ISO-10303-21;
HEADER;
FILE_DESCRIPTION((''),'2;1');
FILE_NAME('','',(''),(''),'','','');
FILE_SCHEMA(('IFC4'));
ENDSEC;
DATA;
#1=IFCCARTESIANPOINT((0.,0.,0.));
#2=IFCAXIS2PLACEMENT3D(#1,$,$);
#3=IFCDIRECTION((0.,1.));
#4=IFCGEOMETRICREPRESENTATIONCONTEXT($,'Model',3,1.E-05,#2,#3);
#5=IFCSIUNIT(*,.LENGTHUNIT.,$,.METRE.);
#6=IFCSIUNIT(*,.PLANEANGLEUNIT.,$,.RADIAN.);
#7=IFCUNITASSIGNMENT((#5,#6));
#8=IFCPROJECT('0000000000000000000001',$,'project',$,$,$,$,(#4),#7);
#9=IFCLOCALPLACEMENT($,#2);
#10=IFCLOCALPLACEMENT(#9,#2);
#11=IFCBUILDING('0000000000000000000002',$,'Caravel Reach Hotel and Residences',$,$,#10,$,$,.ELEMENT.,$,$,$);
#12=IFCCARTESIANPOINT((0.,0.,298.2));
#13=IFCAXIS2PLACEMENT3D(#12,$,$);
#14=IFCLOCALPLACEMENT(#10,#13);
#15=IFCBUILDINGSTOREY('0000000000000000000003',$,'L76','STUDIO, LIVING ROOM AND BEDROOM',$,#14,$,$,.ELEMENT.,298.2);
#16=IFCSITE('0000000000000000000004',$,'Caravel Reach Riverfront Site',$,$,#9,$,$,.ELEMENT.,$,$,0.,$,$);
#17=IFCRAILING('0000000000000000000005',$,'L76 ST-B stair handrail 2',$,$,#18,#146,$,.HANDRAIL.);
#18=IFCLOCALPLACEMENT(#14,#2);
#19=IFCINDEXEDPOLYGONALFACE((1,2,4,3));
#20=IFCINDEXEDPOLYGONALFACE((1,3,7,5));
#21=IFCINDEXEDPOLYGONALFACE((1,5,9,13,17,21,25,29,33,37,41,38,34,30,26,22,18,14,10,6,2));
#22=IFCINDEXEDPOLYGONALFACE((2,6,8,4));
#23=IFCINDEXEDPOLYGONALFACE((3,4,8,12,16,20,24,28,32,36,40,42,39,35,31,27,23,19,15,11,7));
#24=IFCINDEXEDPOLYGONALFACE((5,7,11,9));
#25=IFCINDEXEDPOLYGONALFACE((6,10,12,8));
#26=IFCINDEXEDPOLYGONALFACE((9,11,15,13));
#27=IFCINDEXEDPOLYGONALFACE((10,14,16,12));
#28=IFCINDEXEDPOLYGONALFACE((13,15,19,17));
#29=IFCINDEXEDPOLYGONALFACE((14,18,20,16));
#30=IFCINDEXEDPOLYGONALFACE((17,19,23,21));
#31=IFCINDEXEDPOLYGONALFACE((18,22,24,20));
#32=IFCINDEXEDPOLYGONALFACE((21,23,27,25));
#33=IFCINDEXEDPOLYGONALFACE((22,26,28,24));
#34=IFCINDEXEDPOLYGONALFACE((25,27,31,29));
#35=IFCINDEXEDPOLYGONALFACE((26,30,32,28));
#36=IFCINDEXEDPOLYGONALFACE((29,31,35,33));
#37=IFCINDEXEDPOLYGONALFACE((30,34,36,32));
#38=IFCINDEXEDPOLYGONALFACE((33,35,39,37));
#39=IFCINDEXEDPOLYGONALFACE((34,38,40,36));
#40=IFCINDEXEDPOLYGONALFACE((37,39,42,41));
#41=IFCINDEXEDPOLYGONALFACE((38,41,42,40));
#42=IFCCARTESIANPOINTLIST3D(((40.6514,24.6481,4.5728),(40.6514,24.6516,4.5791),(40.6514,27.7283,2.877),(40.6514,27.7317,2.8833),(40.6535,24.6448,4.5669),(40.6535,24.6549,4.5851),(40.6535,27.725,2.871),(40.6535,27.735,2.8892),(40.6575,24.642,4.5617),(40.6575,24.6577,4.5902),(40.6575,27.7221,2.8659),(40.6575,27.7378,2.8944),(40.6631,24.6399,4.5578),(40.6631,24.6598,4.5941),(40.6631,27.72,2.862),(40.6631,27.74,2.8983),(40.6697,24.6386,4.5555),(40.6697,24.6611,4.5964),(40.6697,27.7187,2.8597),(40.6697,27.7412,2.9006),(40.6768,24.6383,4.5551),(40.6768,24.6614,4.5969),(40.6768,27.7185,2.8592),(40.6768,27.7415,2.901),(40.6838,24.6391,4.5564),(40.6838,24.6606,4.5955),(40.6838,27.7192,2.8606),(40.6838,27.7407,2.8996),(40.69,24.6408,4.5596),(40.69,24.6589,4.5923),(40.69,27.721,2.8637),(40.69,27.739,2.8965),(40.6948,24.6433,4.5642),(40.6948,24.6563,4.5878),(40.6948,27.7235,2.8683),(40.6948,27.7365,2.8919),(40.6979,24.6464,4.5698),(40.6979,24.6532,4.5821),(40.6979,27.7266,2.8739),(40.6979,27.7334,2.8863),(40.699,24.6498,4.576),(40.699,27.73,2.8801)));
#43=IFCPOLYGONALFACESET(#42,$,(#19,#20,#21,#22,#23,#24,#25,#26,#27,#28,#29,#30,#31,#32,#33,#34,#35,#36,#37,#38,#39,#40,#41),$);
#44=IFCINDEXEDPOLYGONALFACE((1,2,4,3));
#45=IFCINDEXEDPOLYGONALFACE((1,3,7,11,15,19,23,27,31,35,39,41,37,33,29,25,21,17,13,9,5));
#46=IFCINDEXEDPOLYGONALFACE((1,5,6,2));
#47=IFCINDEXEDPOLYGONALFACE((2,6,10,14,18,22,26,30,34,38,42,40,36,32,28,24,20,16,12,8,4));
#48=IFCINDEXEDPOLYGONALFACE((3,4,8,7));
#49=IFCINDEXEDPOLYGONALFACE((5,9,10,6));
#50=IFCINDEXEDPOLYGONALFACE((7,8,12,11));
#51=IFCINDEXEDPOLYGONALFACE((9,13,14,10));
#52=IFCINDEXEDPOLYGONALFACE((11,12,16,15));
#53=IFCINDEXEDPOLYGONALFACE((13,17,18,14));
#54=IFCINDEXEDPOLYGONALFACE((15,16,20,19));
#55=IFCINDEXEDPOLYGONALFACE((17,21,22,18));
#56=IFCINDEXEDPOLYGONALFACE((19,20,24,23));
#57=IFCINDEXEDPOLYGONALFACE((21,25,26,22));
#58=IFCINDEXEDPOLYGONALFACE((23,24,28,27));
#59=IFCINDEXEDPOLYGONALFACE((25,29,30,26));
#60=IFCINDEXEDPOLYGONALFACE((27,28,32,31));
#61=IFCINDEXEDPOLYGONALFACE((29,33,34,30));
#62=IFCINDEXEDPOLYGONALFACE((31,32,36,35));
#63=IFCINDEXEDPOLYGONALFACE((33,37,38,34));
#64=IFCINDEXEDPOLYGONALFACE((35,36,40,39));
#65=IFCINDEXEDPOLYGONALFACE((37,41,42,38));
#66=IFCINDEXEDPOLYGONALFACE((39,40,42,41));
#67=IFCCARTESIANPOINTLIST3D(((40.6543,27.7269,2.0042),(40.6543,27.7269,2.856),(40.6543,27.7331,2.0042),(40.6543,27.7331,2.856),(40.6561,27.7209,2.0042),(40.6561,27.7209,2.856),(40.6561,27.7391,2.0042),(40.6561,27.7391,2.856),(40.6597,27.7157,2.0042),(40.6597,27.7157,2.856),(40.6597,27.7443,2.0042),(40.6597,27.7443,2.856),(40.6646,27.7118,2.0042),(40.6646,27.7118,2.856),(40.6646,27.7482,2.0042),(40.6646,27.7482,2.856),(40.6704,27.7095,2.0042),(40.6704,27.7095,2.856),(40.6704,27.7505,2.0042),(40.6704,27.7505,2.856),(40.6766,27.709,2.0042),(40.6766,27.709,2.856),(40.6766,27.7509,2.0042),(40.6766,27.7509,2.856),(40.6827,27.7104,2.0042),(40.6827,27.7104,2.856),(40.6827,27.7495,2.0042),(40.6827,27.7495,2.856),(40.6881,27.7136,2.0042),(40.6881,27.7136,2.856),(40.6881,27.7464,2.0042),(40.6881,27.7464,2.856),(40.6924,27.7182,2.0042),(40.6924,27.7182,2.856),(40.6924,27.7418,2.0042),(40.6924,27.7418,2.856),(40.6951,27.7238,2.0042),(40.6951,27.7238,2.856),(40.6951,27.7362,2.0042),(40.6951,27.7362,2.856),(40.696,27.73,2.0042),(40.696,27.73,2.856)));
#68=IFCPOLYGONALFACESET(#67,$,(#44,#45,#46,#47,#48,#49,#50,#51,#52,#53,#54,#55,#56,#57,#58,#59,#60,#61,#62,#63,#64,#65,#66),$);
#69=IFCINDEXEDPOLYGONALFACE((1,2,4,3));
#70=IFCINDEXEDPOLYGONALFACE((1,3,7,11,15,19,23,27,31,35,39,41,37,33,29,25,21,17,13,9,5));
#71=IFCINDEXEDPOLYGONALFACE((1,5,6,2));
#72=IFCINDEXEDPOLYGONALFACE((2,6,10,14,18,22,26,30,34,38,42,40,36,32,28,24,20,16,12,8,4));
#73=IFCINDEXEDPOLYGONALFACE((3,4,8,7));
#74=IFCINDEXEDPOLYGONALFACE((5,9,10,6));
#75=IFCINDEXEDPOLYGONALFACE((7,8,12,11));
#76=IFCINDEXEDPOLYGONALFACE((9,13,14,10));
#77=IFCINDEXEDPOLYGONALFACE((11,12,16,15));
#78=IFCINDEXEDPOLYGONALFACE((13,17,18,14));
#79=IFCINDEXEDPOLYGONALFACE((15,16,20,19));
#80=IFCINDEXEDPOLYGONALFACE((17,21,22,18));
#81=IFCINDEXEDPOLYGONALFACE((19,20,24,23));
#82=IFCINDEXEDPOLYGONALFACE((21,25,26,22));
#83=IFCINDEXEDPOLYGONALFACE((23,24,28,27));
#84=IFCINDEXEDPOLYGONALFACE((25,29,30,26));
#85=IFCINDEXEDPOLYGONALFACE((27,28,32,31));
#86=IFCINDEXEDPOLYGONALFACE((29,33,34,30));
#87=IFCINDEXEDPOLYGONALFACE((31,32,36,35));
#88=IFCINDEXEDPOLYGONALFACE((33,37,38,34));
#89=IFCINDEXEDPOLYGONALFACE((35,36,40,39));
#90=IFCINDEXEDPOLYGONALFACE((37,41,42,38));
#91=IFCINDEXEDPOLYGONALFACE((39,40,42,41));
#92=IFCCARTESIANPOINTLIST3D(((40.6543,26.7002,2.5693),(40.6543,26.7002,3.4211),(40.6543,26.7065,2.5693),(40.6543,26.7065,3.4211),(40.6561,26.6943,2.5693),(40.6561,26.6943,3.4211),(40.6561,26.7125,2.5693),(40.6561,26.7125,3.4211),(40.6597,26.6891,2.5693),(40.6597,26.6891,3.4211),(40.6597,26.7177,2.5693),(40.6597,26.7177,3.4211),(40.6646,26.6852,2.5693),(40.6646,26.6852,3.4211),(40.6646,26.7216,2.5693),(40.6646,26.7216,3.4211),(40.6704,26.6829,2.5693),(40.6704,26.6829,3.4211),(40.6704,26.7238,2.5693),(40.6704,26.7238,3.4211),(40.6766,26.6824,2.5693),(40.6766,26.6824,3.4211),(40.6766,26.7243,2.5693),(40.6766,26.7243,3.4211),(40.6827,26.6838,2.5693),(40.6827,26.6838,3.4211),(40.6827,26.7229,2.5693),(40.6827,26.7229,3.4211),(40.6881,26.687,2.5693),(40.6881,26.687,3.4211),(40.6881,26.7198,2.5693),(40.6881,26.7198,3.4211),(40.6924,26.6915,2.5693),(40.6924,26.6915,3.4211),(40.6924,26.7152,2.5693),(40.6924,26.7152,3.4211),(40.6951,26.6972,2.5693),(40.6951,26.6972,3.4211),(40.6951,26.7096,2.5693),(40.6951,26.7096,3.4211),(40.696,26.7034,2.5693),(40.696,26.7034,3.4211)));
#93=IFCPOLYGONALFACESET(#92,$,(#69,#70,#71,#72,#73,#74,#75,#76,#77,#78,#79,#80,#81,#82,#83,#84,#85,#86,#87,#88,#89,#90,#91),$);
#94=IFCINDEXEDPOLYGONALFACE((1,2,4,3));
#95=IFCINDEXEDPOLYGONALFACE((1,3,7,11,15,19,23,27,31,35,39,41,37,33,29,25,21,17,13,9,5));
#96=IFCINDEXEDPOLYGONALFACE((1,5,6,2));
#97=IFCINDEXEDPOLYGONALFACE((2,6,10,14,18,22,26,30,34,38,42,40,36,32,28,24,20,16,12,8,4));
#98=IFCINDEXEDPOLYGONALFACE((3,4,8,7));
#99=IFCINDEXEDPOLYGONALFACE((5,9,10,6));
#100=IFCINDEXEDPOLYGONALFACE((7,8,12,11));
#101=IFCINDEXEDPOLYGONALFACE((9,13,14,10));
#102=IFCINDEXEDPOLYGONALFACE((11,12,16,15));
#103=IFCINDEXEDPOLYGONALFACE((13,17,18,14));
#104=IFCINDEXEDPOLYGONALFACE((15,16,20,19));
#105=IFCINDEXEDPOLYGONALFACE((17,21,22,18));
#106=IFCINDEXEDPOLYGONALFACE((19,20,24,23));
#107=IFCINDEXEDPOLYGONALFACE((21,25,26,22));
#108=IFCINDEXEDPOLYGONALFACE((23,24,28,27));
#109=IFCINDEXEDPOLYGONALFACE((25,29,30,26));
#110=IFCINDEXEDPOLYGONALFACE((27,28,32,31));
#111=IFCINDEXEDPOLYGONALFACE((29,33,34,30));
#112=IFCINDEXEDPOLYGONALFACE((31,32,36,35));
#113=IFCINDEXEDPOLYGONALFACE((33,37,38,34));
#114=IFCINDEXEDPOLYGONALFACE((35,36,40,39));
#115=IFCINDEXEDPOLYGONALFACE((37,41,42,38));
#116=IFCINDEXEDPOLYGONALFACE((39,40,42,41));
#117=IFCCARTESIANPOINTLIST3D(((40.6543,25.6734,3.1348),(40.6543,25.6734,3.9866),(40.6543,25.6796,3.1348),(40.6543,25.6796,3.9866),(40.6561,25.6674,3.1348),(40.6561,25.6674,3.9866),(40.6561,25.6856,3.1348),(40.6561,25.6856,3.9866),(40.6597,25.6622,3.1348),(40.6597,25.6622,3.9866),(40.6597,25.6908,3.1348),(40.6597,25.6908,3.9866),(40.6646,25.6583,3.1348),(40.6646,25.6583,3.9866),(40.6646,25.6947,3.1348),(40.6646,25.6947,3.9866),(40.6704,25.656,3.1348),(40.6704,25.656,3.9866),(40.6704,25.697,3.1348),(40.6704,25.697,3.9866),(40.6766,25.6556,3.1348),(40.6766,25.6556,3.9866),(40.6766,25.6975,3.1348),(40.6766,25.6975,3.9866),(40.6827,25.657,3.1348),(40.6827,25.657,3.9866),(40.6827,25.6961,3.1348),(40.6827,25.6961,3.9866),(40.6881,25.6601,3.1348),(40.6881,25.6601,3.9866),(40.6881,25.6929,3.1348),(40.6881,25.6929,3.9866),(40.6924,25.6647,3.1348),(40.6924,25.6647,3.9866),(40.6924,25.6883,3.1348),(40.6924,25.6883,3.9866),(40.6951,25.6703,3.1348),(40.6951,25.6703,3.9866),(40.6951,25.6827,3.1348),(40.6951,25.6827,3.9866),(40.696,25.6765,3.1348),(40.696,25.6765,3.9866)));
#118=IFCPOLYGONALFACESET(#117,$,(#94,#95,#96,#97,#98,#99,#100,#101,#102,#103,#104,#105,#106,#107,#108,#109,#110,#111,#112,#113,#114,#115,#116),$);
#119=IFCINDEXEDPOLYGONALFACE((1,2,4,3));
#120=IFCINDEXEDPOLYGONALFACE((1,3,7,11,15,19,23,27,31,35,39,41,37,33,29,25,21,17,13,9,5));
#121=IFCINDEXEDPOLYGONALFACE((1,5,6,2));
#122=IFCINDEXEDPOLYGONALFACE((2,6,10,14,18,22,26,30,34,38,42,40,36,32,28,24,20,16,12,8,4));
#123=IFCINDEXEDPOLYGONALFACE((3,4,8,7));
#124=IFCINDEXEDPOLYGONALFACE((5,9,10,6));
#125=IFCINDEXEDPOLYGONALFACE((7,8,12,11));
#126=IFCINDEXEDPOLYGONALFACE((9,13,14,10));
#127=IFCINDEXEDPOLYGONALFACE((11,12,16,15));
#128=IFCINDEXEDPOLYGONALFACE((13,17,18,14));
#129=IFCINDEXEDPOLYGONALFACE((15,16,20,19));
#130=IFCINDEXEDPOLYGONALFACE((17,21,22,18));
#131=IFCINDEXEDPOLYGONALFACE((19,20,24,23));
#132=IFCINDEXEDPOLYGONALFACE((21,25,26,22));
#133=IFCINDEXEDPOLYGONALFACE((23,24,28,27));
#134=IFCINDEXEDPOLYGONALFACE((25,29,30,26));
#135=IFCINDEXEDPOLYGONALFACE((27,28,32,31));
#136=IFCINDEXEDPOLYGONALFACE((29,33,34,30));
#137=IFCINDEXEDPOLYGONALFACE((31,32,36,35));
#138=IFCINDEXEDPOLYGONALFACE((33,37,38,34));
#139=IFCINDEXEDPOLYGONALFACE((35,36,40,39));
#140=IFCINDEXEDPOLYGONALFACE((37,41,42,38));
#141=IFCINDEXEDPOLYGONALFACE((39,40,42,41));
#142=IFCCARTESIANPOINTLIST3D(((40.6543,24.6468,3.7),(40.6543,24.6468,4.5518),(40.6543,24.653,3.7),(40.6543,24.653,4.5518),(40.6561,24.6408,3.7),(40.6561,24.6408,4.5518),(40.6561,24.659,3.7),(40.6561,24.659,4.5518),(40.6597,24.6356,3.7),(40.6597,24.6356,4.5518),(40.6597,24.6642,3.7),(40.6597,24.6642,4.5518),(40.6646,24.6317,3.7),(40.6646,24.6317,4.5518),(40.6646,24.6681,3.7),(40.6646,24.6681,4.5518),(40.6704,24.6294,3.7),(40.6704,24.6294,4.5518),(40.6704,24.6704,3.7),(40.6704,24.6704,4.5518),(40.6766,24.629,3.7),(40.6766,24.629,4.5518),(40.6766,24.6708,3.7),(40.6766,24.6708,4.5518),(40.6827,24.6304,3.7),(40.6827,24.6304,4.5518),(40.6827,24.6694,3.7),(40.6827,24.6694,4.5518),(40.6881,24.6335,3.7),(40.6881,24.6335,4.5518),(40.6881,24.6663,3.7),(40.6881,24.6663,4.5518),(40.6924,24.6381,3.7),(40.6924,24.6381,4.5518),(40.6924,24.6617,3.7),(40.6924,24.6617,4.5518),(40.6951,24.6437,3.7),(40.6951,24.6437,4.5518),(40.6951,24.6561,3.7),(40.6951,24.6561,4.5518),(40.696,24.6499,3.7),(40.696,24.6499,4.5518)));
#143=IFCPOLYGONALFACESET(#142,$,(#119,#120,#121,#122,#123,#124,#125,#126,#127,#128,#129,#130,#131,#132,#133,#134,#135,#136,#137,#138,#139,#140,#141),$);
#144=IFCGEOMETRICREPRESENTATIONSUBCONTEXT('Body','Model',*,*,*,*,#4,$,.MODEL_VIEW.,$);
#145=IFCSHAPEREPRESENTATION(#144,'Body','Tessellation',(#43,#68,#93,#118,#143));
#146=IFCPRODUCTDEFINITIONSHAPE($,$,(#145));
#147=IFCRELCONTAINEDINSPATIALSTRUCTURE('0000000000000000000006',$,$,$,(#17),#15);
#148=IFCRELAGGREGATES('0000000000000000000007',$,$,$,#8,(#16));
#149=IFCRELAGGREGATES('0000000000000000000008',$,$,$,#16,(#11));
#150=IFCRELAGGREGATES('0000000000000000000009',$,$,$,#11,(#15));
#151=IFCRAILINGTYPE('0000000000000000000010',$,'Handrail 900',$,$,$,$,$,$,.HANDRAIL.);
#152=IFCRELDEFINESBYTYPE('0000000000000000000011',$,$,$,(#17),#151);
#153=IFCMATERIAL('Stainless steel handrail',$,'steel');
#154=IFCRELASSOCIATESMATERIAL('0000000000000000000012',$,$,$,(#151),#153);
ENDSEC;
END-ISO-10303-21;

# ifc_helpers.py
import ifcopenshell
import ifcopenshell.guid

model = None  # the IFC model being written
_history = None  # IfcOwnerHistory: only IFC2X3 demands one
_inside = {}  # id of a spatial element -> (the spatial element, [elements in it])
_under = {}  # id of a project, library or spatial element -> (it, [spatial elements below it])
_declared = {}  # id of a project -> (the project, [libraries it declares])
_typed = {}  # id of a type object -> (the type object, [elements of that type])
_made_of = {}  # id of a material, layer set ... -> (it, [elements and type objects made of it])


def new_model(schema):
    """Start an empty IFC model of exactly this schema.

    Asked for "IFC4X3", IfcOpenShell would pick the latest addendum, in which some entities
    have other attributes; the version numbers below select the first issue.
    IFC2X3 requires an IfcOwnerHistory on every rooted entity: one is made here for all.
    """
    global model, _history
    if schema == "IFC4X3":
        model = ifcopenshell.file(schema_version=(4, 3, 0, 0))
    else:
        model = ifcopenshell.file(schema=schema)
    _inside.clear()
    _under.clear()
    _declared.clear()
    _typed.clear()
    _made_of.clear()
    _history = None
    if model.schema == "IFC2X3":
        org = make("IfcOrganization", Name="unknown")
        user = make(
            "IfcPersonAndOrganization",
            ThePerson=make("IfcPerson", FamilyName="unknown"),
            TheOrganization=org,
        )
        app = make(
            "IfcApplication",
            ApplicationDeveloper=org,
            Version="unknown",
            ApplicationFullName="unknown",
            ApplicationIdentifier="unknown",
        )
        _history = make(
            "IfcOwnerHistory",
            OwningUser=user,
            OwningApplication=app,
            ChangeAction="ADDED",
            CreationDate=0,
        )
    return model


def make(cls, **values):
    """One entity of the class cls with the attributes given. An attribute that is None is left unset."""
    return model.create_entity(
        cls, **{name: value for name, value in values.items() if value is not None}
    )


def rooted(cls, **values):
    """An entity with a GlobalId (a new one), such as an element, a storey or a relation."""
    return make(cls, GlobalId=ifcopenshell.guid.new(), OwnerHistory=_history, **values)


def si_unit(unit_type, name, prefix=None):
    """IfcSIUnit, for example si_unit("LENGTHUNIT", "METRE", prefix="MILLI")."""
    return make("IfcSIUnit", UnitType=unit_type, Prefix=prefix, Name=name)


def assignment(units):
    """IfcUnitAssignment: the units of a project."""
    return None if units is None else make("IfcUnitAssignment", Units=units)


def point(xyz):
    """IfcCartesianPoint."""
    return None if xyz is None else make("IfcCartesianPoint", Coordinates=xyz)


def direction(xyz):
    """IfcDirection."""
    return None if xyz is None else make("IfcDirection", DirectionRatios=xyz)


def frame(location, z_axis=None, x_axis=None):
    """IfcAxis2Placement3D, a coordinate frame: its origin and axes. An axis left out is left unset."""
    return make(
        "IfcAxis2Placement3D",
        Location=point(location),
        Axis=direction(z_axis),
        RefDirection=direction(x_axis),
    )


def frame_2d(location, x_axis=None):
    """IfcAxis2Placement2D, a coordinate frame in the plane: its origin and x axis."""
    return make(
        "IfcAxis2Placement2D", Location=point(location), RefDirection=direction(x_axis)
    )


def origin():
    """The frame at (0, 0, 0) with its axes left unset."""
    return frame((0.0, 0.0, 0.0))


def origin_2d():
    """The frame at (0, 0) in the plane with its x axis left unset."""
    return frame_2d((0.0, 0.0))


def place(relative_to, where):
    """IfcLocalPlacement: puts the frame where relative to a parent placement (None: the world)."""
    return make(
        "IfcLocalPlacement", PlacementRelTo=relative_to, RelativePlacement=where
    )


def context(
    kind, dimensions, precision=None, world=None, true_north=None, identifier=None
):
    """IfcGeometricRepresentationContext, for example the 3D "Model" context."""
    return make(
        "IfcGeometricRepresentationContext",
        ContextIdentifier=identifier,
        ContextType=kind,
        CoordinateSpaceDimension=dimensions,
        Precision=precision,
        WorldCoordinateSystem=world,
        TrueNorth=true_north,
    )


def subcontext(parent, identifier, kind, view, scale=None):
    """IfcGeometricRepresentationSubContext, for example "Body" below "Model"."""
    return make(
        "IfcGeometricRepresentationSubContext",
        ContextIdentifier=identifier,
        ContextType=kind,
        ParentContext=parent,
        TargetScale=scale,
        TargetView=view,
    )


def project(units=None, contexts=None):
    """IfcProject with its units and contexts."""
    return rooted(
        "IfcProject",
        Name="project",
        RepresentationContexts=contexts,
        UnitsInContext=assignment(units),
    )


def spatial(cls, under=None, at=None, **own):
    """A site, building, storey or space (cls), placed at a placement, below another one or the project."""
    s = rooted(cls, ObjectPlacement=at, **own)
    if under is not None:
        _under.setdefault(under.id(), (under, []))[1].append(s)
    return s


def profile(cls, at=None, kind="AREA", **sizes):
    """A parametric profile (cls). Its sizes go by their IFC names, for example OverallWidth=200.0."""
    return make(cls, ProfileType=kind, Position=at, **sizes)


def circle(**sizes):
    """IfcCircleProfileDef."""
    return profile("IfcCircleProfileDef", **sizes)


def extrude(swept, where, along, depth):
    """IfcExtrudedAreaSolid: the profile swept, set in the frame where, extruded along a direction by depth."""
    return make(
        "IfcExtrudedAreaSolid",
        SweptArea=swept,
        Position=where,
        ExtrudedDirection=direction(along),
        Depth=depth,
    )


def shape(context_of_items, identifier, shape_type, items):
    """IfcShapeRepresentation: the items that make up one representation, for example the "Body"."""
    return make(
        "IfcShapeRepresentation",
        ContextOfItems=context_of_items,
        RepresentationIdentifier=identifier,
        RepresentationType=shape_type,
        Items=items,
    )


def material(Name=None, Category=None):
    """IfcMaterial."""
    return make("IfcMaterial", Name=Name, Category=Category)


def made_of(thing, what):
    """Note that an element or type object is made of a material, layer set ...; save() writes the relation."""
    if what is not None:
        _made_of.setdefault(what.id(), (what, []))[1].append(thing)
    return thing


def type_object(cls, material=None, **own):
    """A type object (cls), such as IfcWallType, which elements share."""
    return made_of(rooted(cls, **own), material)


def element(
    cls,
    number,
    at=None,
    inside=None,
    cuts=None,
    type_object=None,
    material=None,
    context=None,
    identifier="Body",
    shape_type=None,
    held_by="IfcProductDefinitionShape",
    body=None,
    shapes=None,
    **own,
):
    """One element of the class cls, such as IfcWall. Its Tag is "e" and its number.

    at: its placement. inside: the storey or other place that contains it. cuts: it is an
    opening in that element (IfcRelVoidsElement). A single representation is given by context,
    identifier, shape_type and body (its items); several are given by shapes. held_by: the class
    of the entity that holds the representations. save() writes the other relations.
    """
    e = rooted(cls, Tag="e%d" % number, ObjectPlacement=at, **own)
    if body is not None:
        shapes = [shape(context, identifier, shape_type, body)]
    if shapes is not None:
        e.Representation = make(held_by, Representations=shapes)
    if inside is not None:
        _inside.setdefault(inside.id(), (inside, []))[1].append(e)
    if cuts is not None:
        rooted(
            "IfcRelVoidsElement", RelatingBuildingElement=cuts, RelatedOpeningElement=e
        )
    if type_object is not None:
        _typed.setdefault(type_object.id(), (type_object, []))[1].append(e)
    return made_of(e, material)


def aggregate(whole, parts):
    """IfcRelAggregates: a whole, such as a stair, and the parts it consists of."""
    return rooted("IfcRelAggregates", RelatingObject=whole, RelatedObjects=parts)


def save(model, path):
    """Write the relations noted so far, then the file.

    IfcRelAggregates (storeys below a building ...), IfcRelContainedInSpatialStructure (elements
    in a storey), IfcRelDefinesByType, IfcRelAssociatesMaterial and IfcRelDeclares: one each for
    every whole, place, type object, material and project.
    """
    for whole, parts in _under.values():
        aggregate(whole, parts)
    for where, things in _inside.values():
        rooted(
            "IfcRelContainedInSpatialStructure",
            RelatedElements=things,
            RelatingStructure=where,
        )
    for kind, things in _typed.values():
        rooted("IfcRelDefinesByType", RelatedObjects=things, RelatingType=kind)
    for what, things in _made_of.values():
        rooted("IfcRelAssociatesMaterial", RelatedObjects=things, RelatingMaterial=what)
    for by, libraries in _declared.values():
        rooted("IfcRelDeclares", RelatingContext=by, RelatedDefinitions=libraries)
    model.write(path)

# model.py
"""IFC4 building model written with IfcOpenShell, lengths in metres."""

from ifc_helpers import new_model, si_unit, direction, frame, origin, origin_2d, place, context, subcontext, project, spatial, circle, extrude, material, type_object, element, save


model = new_model("IFC4")

# Units and contexts
model_context = context("Model", 3, precision=1e-05, world=origin(), true_north=direction((0.0, 1.0)))
body_context = subcontext(model_context, "Body", "Model", "MODEL_VIEW")
ifc_project = project(units=[si_unit("LENGTHUNIT", "METRE"), si_unit("PLANEANGLEUNIT", "RADIAN")], contexts=[model_context])

# Site, building, storey
site_placement = place(None, origin())
site = spatial("IfcSite", under=ifc_project, at=site_placement, Name="Caravel Reach Riverfront Site", CompositionType="ELEMENT", RefElevation=0.0)
building_placement = place(site_placement, origin())
building = spatial("IfcBuilding", under=site, at=building_placement, Name="Caravel Reach Hotel and Residences", CompositionType="ELEMENT")
storey_placement = place(building_placement, frame((0.0, 0.0, 298.2)))
storey = spatial("IfcBuildingStorey", under=building, at=storey_placement, Name="L76", Description="STUDIO, LIVING ROOM AND BEDROOM", CompositionType="ELEMENT", Elevation=298.2)

# Railing
ifc_material_1 = material(Name="Stainless steel handrail", Category="steel")
railing_type_1 = type_object("IfcRailingType", Name="Handrail 900", PredefinedType="HANDRAIL", material=ifc_material_1)
railing_1_placement = place(storey_placement, frame((40.675, 27.73, 2.0042)))
element("IfcRailing", 1, at=railing_1_placement, inside=storey, type_object=railing_type_1, Name="L76 ST-B stair handrail 2", PredefinedType="HANDRAIL", context=body_context, shape_type="SweptSolid", body=[
    extrude(circle(Radius=0.0239, at=origin_2d()), frame((0.0, 0.0, 0.876), z_axis=(0.0, -0.876005, 0.482303), x_axis=(1.0, 0.0, 0.0)), (0.0, 0.0, 1.0), 3.5161),
    extrude(circle(Radius=0.021, at=origin_2d()), origin(), (0.0, 0.0, 1.0), 0.8518),
    extrude(circle(Radius=0.021, at=origin_2d()), frame((0.0, -1.0266, 0.5652)), (0.0, 0.0, 1.0), 0.8518),
    extrude(circle(Radius=0.021, at=origin_2d()), frame((0.0, -2.0535, 1.1306)), (0.0, 0.0, 1.0), 0.8518),
    extrude(circle(Radius=0.021, at=origin_2d()), frame((0.0, -3.0801, 1.6958)), (0.0, 0.0, 1.0), 0.8518),
])

save(model, "model.ifc")
